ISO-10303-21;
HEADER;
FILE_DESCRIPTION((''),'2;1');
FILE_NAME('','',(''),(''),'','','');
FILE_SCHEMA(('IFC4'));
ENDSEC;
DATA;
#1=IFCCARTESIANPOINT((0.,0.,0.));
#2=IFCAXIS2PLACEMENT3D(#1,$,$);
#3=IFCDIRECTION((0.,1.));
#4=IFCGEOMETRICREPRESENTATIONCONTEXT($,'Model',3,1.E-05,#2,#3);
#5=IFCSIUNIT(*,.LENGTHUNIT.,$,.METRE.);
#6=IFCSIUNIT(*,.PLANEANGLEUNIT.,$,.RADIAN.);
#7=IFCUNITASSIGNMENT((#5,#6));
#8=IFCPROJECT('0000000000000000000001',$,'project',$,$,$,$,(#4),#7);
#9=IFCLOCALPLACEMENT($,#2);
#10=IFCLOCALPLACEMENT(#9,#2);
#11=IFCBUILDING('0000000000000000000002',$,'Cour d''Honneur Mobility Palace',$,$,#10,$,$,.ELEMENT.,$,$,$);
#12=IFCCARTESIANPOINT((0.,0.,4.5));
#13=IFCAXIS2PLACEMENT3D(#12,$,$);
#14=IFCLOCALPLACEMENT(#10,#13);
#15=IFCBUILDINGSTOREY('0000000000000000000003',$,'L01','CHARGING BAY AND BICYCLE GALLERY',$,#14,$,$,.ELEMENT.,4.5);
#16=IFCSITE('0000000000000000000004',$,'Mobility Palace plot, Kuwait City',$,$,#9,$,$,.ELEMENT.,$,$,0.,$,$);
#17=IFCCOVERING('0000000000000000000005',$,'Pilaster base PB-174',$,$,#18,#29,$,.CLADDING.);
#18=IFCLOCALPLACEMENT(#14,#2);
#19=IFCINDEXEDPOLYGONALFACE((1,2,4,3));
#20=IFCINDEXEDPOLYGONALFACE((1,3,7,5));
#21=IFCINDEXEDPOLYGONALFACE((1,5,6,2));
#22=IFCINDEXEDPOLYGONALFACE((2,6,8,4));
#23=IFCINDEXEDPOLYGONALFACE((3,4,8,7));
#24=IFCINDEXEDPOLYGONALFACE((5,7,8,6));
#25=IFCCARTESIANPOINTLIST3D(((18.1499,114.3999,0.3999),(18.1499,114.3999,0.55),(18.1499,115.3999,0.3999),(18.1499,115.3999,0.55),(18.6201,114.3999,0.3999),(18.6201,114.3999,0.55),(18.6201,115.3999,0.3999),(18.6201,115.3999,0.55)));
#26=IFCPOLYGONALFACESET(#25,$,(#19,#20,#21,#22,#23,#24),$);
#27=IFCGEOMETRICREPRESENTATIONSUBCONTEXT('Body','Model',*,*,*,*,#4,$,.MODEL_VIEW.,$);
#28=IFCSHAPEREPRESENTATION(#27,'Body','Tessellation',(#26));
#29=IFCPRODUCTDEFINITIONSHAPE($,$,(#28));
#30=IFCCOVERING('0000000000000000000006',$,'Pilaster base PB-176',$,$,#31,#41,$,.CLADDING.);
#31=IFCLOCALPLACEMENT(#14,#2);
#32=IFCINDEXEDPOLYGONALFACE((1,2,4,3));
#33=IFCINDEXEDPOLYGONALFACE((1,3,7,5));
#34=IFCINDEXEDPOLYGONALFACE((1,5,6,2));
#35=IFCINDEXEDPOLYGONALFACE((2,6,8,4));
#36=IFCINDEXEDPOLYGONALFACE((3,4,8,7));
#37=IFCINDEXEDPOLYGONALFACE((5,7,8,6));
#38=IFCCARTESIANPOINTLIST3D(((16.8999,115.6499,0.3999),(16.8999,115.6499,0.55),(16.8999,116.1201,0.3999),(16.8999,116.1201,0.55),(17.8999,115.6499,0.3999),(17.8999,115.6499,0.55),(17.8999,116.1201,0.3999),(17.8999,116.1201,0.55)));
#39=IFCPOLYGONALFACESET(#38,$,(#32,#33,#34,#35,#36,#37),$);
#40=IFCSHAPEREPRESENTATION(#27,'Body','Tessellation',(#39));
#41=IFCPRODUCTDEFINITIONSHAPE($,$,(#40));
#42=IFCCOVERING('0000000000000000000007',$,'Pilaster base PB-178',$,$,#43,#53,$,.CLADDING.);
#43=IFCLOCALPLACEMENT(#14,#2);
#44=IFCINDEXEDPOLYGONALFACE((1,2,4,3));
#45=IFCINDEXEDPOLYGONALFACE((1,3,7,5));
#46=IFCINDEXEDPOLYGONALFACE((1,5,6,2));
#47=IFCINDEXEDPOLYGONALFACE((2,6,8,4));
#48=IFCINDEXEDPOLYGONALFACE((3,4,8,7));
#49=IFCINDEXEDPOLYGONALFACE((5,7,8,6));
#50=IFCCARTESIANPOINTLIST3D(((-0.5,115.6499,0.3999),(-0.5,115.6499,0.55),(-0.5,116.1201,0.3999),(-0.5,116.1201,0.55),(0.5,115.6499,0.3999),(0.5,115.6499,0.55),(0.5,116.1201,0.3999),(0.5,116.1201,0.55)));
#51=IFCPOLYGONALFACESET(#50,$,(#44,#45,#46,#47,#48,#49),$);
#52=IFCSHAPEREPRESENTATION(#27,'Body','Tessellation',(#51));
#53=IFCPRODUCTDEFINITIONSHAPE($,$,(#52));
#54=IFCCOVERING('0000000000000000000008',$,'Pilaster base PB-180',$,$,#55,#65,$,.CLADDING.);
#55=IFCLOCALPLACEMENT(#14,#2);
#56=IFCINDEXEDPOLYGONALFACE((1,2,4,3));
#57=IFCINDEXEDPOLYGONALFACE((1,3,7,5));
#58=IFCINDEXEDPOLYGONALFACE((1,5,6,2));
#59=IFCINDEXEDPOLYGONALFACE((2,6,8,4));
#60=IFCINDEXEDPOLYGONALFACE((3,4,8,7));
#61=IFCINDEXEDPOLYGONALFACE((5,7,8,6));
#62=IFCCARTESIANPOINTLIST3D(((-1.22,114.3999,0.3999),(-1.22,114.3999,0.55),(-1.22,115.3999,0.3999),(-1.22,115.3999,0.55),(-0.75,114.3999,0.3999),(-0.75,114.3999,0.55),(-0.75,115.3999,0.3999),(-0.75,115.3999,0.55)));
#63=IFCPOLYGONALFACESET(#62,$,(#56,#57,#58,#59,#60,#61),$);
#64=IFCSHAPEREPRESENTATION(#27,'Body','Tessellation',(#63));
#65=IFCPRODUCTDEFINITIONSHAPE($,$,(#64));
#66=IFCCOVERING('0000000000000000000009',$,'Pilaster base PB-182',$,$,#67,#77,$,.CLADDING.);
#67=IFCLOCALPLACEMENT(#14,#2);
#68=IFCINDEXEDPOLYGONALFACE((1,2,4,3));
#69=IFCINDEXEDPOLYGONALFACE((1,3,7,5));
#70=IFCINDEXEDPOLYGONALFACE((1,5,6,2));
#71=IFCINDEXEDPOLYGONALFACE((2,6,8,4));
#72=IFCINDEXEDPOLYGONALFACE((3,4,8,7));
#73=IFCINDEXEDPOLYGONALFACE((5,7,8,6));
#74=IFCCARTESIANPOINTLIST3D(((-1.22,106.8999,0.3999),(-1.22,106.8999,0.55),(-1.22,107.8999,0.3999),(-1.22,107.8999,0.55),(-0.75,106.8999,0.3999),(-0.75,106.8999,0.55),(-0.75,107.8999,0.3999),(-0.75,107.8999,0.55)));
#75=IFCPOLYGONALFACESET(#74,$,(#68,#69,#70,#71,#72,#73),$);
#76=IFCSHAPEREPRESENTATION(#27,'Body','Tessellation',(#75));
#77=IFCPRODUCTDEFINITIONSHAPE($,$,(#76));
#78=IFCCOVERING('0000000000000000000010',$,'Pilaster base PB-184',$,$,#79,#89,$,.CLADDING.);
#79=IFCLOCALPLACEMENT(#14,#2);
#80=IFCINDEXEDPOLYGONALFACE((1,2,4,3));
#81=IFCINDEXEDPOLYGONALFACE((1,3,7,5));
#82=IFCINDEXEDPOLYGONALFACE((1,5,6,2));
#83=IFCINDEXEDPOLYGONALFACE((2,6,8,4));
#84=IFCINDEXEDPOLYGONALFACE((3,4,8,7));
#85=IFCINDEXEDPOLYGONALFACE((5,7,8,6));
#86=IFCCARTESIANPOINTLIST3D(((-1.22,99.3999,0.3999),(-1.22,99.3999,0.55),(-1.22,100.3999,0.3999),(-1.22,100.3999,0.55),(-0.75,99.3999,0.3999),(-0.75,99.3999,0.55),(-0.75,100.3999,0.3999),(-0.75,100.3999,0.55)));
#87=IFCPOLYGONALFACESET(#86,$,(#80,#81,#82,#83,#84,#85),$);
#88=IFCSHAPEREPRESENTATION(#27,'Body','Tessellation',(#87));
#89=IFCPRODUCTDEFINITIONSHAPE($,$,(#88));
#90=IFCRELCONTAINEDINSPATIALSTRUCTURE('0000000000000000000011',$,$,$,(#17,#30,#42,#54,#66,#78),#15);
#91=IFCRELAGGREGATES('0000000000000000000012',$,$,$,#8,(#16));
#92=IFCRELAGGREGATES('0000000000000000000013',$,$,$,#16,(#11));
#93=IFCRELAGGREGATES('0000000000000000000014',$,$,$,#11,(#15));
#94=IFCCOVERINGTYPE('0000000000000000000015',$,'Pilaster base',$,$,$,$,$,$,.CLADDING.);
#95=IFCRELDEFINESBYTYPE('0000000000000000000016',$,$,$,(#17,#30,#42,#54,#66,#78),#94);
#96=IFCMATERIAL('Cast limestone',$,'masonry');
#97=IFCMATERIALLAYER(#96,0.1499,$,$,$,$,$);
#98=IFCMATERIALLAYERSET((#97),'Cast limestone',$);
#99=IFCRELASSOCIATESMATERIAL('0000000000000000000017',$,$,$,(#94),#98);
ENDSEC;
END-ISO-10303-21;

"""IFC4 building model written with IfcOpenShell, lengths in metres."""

from ifc_helpers import new_model, si_unit, direction, frame, origin, place, context, subcontext, project, spatial, polyline, outline, extrude, material, layer, layer_set, type_object, element, save


model = new_model("IFC4")

# Units and contexts
model_context = context("Model", 3, precision=1e-05, world=origin(), true_north=direction((0.0, 1.0)))
body_context = subcontext(model_context, "Body", "Model", "MODEL_VIEW")
ifc_project = project(units=[si_unit("LENGTHUNIT", "METRE"), si_unit("PLANEANGLEUNIT", "RADIAN")], contexts=[model_context])

# Site, building, storey
site_placement = place(None, origin())
site = spatial("IfcSite", under=ifc_project, at=site_placement, Name="Mobility Palace plot, Kuwait City", CompositionType="ELEMENT", RefElevation=0.0)
building_placement = place(site_placement, origin())
building = spatial("IfcBuilding", under=site, at=building_placement, Name="Cour d'Honneur Mobility Palace", CompositionType="ELEMENT")
storey_placement = place(building_placement, frame((0.0, 0.0, 4.5)))
storey = spatial("IfcBuildingStorey", under=building, at=storey_placement, Name="L01", Description="CHARGING BAY AND BICYCLE GALLERY", CompositionType="ELEMENT", Elevation=4.5)

# Coverings
ifc_material = material(Name="Cast limestone", Category="masonry")
ifc_layer = layer(ifc_material, 0.1499)
ifc_layer_set = layer_set([ifc_layer], Name="Cast limestone")
covering_type = type_object("IfcCoveringType", Name="Pilaster base", PredefinedType="CLADDING", material=ifc_layer_set)
covering_1_placement = place(storey_placement, frame((0.0, 0.0, 0.3999)))
element("IfcCovering", 1, at=covering_1_placement, inside=storey, type_object=covering_type, Name="Pilaster base PB-174", PredefinedType="CLADDING", context=body_context, shape_type="SweptSolid", body=[
    extrude(outline(polyline([(18.1499, 114.3999), (18.1499, 115.3999), (18.6201, 115.3999), (18.6201, 114.3999), (18.1499, 114.3999)])), origin(), (0.0, 0.0, 1.0), 0.1501),
])
covering_2_placement = place(storey_placement, frame((0.0, 0.0, 0.3999)))
element("IfcCovering", 2, at=covering_2_placement, inside=storey, type_object=covering_type, Name="Pilaster base PB-176", PredefinedType="CLADDING", context=body_context, shape_type="SweptSolid", body=[
    extrude(outline(polyline([(17.8999, 115.6499), (16.8999, 115.6499), (16.8999, 116.1201), (17.8999, 116.1201), (17.8999, 115.6499)])), origin(), (0.0, 0.0, 1.0), 0.1501),
])
covering_3_placement = place(storey_placement, frame((0.0, 0.0, 0.3999)))
element("IfcCovering", 3, at=covering_3_placement, inside=storey, type_object=covering_type, Name="Pilaster base PB-178", PredefinedType="CLADDING", context=body_context, shape_type="SweptSolid", body=[
    extrude(outline(polyline([(0.5, 115.6499), (-0.5, 115.6499), (-0.5, 116.1201), (0.5, 116.1201), (0.5, 115.6499)])), origin(), (0.0, 0.0, 1.0), 0.1501),
])
covering_4_placement = place(storey_placement, frame((0.0, 0.0, 0.3999)))
element("IfcCovering", 4, at=covering_4_placement, inside=storey, type_object=covering_type, Name="Pilaster base PB-180", PredefinedType="CLADDING", context=body_context, shape_type="SweptSolid", body=[
    extrude(outline(polyline([(-0.75, 115.3999), (-0.75, 114.3999), (-1.22, 114.3999), (-1.22, 115.3999), (-0.75, 115.3999)])), origin(), (0.0, 0.0, 1.0), 0.1501),
])
covering_5_placement = place(storey_placement, frame((0.0, 0.0, 0.3999)))
element("IfcCovering", 5, at=covering_5_placement, inside=storey, type_object=covering_type, Name="Pilaster base PB-182", PredefinedType="CLADDING", context=body_context, shape_type="SweptSolid", body=[
    extrude(outline(polyline([(-0.75, 107.8999), (-0.75, 106.8999), (-1.22, 106.8999), (-1.22, 107.8999), (-0.75, 107.8999)])), origin(), (0.0, 0.0, 1.0), 0.1501),
])
covering_6_placement = place(storey_placement, frame((0.0, 0.0, 0.3999)))
element("IfcCovering", 6, at=covering_6_placement, inside=storey, type_object=covering_type, Name="Pilaster base PB-184", PredefinedType="CLADDING", context=body_context, shape_type="SweptSolid", body=[
    extrude(outline(polyline([(-0.75, 100.3999), (-0.75, 99.3999), (-1.22, 99.3999), (-1.22, 100.3999), (-0.75, 100.3999)])), origin(), (0.0, 0.0, 1.0), 0.1501),
])

save(model, "model.ifc")
